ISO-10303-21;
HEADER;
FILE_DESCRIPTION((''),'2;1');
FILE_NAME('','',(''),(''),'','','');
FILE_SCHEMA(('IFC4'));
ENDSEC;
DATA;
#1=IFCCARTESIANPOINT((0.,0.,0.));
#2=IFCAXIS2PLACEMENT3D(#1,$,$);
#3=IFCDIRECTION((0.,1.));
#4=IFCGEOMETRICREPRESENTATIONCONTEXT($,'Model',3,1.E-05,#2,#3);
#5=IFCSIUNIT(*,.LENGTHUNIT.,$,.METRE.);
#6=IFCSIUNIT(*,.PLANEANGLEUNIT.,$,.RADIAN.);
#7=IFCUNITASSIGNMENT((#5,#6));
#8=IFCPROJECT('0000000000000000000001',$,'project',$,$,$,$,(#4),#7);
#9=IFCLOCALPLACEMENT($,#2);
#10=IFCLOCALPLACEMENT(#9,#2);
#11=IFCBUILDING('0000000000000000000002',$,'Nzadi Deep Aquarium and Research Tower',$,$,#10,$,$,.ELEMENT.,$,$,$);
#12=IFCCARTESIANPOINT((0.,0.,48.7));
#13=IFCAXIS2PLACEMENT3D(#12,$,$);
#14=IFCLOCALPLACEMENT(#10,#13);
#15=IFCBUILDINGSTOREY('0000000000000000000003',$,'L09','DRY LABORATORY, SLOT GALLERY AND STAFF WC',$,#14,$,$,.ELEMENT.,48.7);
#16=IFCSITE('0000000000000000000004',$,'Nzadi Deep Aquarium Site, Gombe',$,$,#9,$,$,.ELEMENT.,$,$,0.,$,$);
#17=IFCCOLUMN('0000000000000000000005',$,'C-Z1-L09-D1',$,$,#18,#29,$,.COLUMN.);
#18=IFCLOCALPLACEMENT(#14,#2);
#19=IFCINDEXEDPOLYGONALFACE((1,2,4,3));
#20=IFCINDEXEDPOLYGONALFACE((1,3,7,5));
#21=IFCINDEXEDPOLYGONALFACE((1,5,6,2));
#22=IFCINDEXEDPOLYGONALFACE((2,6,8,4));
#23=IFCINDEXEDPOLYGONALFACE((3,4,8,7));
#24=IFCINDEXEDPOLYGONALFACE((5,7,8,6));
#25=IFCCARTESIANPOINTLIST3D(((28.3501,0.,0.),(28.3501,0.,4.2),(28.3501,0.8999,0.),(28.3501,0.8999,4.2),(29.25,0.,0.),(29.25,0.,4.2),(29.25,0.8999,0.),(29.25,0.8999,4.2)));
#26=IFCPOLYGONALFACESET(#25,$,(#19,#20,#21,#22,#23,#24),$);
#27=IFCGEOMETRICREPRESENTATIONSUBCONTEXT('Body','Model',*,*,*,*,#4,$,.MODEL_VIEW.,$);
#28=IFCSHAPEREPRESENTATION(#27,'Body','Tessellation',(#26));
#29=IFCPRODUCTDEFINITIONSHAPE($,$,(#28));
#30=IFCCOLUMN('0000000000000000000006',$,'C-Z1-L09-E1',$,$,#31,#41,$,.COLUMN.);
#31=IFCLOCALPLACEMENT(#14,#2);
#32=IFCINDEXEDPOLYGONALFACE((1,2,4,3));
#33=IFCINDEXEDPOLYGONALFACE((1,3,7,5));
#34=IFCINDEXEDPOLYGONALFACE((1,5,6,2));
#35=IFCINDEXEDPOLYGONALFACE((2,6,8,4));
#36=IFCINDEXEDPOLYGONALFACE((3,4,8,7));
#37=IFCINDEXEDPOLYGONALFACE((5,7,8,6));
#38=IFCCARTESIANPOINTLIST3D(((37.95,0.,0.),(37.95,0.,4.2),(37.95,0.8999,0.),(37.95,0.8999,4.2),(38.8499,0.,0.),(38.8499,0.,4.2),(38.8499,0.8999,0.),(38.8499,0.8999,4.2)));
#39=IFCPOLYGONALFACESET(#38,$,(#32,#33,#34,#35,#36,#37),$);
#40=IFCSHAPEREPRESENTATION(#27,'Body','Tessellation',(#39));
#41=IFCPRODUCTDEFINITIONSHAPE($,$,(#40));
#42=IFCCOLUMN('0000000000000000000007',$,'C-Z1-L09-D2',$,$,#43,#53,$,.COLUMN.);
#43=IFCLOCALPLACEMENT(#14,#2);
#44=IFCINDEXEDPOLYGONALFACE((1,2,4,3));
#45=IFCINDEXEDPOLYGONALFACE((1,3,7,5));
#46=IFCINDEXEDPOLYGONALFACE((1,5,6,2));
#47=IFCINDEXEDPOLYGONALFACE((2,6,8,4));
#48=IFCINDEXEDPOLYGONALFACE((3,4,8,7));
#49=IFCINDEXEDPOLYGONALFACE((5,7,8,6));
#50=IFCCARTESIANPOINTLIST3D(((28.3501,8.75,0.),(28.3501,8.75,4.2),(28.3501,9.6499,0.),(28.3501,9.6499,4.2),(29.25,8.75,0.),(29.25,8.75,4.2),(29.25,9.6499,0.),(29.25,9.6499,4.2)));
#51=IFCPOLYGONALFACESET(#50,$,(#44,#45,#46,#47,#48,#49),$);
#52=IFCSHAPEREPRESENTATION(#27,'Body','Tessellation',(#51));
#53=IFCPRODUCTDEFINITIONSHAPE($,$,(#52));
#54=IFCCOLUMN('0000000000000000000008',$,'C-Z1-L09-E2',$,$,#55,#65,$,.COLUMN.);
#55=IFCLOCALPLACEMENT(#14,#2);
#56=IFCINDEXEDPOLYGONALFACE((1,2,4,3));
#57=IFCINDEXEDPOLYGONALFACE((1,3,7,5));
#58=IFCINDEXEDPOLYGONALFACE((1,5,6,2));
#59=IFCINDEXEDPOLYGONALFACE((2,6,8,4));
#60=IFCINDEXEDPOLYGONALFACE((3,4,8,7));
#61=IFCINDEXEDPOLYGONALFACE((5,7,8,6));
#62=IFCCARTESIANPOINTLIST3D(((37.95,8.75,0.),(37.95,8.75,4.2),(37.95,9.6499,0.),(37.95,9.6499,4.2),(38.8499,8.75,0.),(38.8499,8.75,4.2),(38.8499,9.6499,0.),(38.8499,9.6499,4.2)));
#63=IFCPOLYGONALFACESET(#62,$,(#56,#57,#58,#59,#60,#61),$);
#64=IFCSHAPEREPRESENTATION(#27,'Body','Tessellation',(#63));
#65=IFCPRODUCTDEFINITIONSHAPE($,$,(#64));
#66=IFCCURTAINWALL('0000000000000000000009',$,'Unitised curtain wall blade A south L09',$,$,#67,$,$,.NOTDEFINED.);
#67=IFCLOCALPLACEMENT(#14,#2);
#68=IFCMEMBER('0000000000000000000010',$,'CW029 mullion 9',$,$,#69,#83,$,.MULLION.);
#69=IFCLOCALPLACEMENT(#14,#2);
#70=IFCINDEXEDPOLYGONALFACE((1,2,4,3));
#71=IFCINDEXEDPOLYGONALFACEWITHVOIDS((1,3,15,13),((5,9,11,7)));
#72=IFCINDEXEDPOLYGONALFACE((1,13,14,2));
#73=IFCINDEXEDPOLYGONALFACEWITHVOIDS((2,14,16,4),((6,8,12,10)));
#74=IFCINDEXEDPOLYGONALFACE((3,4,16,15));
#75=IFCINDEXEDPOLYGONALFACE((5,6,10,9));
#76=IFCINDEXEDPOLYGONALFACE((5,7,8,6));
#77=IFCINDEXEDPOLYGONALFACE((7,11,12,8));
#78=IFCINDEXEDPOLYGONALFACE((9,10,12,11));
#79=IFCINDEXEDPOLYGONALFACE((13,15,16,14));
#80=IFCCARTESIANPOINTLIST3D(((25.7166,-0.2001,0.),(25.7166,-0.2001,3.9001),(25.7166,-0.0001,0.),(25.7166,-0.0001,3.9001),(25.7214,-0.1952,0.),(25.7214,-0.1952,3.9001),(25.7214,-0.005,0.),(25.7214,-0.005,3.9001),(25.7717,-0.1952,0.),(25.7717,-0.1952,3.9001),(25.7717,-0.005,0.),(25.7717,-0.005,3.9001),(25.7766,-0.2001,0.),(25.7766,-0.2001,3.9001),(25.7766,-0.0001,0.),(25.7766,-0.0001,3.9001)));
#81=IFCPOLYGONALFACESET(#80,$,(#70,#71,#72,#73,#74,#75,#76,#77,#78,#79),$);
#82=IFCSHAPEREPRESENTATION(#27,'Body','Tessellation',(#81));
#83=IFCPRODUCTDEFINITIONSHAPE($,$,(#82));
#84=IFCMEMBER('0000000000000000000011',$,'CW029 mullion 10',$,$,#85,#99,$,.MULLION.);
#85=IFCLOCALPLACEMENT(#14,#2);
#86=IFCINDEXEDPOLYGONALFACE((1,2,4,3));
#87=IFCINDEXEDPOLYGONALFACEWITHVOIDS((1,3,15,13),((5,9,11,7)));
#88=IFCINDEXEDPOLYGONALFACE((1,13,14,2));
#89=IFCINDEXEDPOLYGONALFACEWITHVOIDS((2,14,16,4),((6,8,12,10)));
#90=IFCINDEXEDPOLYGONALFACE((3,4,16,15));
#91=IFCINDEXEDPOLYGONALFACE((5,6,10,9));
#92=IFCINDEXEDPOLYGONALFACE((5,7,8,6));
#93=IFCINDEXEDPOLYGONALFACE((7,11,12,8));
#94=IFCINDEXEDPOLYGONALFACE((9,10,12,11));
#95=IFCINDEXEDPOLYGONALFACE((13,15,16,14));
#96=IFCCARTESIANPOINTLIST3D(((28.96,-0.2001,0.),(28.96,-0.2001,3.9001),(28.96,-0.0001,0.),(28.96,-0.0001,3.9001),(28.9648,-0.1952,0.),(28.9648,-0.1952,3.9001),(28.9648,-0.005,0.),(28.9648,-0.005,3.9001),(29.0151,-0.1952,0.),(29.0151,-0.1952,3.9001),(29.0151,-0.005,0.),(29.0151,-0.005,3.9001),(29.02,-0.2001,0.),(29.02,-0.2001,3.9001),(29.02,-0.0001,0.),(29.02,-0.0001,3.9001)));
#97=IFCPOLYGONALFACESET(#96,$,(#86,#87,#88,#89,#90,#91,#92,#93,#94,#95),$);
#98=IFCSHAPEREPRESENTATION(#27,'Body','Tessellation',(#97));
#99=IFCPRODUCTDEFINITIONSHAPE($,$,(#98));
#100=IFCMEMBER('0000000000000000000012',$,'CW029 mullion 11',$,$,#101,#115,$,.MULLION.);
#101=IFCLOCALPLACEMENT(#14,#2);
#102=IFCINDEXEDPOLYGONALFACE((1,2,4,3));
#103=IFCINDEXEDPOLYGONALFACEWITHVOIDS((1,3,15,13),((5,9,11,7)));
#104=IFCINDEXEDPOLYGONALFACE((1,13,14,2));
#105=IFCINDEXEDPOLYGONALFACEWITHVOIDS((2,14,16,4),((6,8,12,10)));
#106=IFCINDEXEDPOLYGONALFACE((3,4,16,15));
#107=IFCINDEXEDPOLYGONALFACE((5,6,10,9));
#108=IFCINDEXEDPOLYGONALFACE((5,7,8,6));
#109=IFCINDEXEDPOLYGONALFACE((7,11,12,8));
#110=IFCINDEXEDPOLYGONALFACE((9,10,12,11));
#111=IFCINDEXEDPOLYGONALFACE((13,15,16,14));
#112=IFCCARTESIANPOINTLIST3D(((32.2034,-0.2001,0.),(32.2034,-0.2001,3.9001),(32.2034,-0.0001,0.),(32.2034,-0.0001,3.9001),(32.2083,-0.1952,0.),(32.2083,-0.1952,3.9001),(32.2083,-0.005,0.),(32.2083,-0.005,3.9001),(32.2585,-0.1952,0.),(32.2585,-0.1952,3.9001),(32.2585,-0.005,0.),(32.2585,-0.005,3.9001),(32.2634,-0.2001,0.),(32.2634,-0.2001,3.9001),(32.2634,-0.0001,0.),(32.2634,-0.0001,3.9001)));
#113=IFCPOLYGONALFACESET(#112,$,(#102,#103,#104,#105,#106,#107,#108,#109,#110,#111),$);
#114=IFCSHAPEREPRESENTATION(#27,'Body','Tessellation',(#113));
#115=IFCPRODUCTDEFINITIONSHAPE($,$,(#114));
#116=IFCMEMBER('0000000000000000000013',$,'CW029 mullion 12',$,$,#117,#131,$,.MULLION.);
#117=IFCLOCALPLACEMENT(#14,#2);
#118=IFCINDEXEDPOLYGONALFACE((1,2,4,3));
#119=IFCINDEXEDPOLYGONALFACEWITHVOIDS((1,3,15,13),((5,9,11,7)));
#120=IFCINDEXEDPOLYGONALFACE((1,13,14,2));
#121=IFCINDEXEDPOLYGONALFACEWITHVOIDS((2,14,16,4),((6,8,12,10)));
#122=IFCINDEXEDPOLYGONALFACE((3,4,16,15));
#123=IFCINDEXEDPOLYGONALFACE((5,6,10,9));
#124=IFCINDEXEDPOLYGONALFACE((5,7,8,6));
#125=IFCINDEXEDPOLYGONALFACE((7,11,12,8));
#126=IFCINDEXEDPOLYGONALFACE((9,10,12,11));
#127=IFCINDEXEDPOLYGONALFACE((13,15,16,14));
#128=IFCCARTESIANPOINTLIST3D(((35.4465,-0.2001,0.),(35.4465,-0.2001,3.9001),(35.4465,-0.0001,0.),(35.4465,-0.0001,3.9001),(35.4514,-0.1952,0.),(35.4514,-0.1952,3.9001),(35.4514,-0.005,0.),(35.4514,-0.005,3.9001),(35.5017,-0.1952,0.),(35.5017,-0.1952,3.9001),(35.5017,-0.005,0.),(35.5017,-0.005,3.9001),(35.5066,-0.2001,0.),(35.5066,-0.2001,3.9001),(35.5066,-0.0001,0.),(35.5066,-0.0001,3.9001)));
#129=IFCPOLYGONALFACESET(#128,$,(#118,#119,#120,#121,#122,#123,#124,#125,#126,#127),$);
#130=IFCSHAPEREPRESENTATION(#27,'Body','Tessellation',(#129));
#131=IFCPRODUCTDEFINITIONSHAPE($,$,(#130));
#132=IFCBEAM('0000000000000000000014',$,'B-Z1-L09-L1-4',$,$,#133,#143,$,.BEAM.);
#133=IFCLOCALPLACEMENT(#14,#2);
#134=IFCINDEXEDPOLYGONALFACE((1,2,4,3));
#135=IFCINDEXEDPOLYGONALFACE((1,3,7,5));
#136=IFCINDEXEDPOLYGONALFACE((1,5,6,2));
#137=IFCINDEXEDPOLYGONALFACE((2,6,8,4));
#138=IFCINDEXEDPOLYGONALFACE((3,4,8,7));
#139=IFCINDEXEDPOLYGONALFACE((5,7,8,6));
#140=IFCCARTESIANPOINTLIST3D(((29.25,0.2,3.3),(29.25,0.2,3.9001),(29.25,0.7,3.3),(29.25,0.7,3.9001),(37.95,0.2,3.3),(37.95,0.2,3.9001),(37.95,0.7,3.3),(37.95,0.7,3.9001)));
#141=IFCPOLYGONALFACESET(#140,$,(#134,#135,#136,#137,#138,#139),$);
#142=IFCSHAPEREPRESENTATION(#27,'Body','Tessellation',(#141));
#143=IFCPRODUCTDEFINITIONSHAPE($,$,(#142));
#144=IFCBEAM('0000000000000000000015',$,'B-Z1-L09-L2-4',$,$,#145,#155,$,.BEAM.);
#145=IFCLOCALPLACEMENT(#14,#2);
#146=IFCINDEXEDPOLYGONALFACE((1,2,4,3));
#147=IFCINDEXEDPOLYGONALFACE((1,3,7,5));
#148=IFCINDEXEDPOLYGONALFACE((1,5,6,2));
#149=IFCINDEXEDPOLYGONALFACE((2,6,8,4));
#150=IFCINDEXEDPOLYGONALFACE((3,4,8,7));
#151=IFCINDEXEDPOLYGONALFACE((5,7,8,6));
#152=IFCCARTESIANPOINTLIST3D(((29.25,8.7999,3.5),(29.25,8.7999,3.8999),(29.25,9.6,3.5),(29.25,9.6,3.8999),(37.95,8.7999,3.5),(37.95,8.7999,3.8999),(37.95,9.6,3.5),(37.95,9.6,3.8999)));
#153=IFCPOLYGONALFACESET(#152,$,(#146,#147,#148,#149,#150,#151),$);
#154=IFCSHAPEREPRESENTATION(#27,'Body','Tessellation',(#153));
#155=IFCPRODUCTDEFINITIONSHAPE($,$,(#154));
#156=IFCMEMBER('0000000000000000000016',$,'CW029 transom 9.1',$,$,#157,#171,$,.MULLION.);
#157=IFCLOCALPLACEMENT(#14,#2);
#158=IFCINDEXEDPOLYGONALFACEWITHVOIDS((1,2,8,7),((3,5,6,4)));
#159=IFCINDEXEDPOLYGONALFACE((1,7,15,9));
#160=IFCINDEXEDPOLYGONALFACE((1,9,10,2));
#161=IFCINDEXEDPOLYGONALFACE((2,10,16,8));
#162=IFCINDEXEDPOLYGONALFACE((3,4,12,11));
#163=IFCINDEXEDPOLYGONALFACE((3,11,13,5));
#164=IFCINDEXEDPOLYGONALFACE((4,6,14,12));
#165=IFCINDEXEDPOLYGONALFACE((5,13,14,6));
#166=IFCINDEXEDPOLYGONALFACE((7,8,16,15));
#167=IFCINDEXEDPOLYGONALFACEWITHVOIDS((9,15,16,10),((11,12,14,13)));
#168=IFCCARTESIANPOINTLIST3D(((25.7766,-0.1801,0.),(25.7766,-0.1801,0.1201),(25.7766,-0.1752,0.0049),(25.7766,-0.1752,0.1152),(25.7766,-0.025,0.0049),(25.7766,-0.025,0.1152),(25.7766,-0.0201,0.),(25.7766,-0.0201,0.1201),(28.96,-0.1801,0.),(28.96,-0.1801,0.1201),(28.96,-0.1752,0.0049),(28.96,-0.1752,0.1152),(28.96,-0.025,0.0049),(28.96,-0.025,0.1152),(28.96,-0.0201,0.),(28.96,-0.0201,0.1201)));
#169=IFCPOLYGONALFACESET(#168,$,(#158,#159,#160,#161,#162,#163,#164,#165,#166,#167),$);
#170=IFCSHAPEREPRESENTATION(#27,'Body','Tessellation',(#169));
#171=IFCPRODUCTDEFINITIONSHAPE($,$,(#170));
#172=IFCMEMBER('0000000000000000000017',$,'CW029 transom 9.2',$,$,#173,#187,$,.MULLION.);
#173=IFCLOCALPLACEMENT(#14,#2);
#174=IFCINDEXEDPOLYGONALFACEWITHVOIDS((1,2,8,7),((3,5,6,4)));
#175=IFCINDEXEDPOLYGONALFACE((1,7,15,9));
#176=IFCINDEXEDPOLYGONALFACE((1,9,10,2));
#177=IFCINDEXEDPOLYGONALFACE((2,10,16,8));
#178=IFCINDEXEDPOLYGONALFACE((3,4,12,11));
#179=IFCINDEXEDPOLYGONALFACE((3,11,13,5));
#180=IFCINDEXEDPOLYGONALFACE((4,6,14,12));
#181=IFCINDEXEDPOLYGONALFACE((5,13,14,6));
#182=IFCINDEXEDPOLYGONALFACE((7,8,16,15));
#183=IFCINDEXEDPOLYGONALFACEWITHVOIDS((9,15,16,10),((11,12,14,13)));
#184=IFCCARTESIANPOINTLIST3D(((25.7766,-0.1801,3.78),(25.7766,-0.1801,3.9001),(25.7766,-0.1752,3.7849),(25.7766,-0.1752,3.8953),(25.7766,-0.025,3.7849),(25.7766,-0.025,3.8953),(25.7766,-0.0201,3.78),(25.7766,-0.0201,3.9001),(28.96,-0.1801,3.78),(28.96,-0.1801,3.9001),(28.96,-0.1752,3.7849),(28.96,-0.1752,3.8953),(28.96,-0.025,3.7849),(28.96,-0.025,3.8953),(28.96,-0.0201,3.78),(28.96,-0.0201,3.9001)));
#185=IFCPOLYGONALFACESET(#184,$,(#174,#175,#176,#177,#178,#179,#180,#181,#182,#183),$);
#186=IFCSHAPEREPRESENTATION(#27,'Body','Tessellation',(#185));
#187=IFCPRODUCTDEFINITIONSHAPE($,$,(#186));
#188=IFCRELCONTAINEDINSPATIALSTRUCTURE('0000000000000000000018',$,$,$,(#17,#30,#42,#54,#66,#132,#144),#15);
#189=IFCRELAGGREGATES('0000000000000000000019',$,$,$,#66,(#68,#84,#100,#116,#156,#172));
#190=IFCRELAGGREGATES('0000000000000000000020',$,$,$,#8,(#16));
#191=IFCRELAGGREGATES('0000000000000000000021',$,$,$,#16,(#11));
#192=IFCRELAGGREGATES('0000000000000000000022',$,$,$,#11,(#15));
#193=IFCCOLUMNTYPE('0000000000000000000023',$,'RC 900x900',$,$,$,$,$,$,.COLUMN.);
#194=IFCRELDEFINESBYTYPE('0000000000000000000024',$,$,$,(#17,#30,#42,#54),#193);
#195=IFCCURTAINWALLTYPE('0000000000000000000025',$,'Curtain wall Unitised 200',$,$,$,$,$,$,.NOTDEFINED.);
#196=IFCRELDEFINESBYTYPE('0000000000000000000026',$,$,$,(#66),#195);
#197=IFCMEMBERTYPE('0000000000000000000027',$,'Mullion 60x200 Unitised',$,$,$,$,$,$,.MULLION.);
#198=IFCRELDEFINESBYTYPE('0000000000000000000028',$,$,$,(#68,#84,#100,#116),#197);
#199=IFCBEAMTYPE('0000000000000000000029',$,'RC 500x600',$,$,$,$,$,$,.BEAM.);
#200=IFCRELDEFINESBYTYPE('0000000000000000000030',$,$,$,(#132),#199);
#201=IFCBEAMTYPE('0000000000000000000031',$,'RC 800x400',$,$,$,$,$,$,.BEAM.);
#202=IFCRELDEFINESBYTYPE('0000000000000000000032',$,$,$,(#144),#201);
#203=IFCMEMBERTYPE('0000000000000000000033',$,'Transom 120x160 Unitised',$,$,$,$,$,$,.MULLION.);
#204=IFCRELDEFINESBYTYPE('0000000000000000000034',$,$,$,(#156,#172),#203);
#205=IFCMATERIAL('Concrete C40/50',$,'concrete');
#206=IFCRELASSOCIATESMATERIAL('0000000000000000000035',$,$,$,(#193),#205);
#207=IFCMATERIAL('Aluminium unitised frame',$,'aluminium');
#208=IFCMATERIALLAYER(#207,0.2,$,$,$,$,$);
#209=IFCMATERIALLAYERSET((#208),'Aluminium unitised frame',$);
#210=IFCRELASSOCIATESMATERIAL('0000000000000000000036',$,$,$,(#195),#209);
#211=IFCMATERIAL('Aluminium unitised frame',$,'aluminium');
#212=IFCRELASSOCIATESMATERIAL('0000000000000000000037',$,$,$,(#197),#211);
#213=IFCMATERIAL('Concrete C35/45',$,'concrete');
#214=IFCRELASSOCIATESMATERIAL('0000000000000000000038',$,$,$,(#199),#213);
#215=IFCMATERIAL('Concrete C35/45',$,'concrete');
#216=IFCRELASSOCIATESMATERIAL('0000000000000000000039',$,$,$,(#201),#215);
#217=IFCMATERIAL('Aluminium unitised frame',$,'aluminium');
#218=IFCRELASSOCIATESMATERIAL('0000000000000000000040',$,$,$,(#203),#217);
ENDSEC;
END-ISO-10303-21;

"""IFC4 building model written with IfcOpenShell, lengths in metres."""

from ifc_helpers import new_model, si_unit, direction, frame, origin, origin_2d, place, context, subcontext, project, spatial, rectangle, hollow_rectangle, extrude, material, layer, layer_set, material_profile, profile_set, type_object, element, aggregate, save


model = new_model("IFC4")

# Units and contexts
model_context = context("Model", 3, precision=1e-05, world=origin(), true_north=direction((0.0, 1.0)))
body_context = subcontext(model_context, "Body", "Model", "MODEL_VIEW")
ifc_project = project(units=[si_unit("LENGTHUNIT", "METRE"), si_unit("PLANEANGLEUNIT", "RADIAN")], contexts=[model_context])

# Site, building, storey
site_placement = place(None, origin())
site = spatial("IfcSite", under=ifc_project, at=site_placement, Name="Nzadi Deep Aquarium Site, Gombe", CompositionType="ELEMENT", RefElevation=0.0)
building_placement = place(site_placement, origin())
building = spatial("IfcBuilding", under=site, at=building_placement, Name="Nzadi Deep Aquarium and Research Tower", CompositionType="ELEMENT")
storey_placement = place(building_placement, frame((0.0, 0.0, 48.7)))
storey = spatial("IfcBuildingStorey", under=building, at=storey_placement, Name="L09", Description="DRY LABORATORY, SLOT GALLERY AND STAFF WC", CompositionType="ELEMENT", Elevation=48.7)

# Columns
ifc_material_1 = material(Name="Concrete C40/50", Category="concrete")
ifc_material_profile_1 = material_profile(ifc_material_1, rectangle(XDim=0.8999, YDim=0.8999, at=origin_2d()))
ifc_profile_set_1 = profile_set([ifc_material_profile_1], Name="Concrete C40/50")
column_type = type_object("IfcColumnType", Name="RC 900x900", PredefinedType="COLUMN", material=ifc_profile_set_1)
for number, where, z_axis, x_axis, name in (
    (1, (28.8, 0.45, 0.0), (0.0, 0.0, 1.0), (1.0, 0.0, 0.0), "C-Z1-L09-D1"),
    (2, (38.3999, 0.45, 0.0), (0.0, 0.0, 1.0), (1.0, 0.0, 0.0), "C-Z1-L09-E1"),
    (3, (28.8, 9.2, 0.0), (0.0, 0.0, 1.0), (1.0, 0.0, 0.0), "C-Z1-L09-D2"),
    (4, (38.3999, 9.2, 0.0), (0.0, 0.0, 1.0), (1.0, 0.0, 0.0), "C-Z1-L09-E2"),
):
    element("IfcColumn", number, at=place(storey_placement, frame(where, z_axis=z_axis, x_axis=x_axis)), inside=storey, type_object=column_type, Name=name, PredefinedType="COLUMN", context=body_context, shape_type="SweptSolid", body=[
        extrude(rectangle(XDim=0.8999, YDim=0.8999, at=origin_2d()), origin(), (0.0, 0.0, 1.0), 4.2),
    ])

# Curtain wall, members
ifc_material_2 = material(Name="Aluminium unitised frame", Category="aluminium")
ifc_layer_1 = layer(ifc_material_2, 0.2)
ifc_layer_set_1 = layer_set([ifc_layer_1], Name="Aluminium unitised frame")
curtain_wall_type = type_object("IfcCurtainWallType", Name="Curtain wall Unitised 200", PredefinedType="NOTDEFINED", material=ifc_layer_set_1)
curtain_wall_placement = place(storey_placement, origin())
curtain_wall = element("IfcCurtainWall", 5, at=curtain_wall_placement, inside=storey, type_object=curtain_wall_type, Name="Unitised curtain wall blade A south L09", PredefinedType="NOTDEFINED")
ifc_material_3 = material(Name="Aluminium unitised frame", Category="aluminium")
ifc_material_profile_2 = material_profile(ifc_material_3, hollow_rectangle(XDim=0.2, YDim=0.0601, WallThickness=0.0049, at=origin_2d()))
ifc_profile_set_2 = profile_set([ifc_material_profile_2], Name="Aluminium unitised frame")
member_type_1 = type_object("IfcMemberType", Name="Mullion 60x200 Unitised", PredefinedType="MULLION", material=ifc_profile_set_2)
member_1_placement = place(storey_placement, frame((25.7466, -0.1001, 0.0), z_axis=(0.0, 0.0, 1.0), x_axis=(0.0, 1.0, 0.0)))
member_1 = element("IfcMember", 6, at=member_1_placement, type_object=member_type_1, Name="CW029 mullion 9", PredefinedType="MULLION", context=body_context, shape_type="SweptSolid", body=[
    extrude(hollow_rectangle(XDim=0.2, YDim=0.0601, WallThickness=0.0049, at=origin_2d()), origin(), (0.0, 0.0, 1.0), 3.9001),
])
member_2_placement = place(storey_placement, frame((28.99, -0.1001, 0.0), z_axis=(0.0, 0.0, 1.0), x_axis=(0.0, 1.0, 0.0)))
member_2 = element("IfcMember", 7, at=member_2_placement, type_object=member_type_1, Name="CW029 mullion 10", PredefinedType="MULLION", context=body_context, shape_type="SweptSolid", body=[
    extrude(hollow_rectangle(XDim=0.2, YDim=0.0601, WallThickness=0.0049, at=origin_2d()), origin(), (0.0, 0.0, 1.0), 3.9001),
])
member_3_placement = place(storey_placement, frame((32.2334, -0.1001, 0.0), z_axis=(0.0, 0.0, 1.0), x_axis=(0.0, 1.0, 0.0)))
member_3 = element("IfcMember", 8, at=member_3_placement, type_object=member_type_1, Name="CW029 mullion 11", PredefinedType="MULLION", context=body_context, shape_type="SweptSolid", body=[
    extrude(hollow_rectangle(XDim=0.2, YDim=0.0601, WallThickness=0.0049, at=origin_2d()), origin(), (0.0, 0.0, 1.0), 3.9001),
])
member_4_placement = place(storey_placement, frame((35.4766, -0.1001, 0.0), z_axis=(0.0, 0.0, 1.0), x_axis=(0.0, 1.0, 0.0)))
member_4 = element("IfcMember", 9, at=member_4_placement, type_object=member_type_1, Name="CW029 mullion 12", PredefinedType="MULLION", context=body_context, shape_type="SweptSolid", body=[
    extrude(hollow_rectangle(XDim=0.2, YDim=0.0601, WallThickness=0.0049, at=origin_2d()), origin(), (0.0, 0.0, 1.0), 3.9001),
])

# Beams
ifc_material_4 = material(Name="Concrete C35/45", Category="concrete")
ifc_material_profile_3 = material_profile(ifc_material_4, rectangle(XDim=0.5, YDim=0.6001, at=origin_2d()))
ifc_profile_set_3 = profile_set([ifc_material_profile_3], Name="Concrete C35/45")
beam_type_1 = type_object("IfcBeamType", Name="RC 500x600", PredefinedType="BEAM", material=ifc_profile_set_3)
beam_1_placement = place(storey_placement, frame((29.25, 0.45, 3.6001), z_axis=(1.0, 0.0, 0.0), x_axis=(0.0, 1.0, 0.0)))
element("IfcBeam", 10, at=beam_1_placement, inside=storey, type_object=beam_type_1, Name="B-Z1-L09-L1-4", PredefinedType="BEAM", context=body_context, shape_type="SweptSolid", body=[
    extrude(rectangle(XDim=0.5, YDim=0.6001, at=origin_2d()), origin(), (0.0, 0.0, 1.0), 8.7),
])
ifc_material_5 = material(Name="Concrete C35/45", Category="concrete")
ifc_material_profile_4 = material_profile(ifc_material_5, rectangle(XDim=0.8, YDim=0.3999, at=origin_2d()))
ifc_profile_set_4 = profile_set([ifc_material_profile_4], Name="Concrete C35/45")
beam_type_2 = type_object("IfcBeamType", Name="RC 800x400", PredefinedType="BEAM", material=ifc_profile_set_4)
beam_2_placement = place(storey_placement, frame((29.25, 9.2, 3.7), z_axis=(1.0, 0.0, 0.0), x_axis=(0.0, 1.0, 0.0)))
element("IfcBeam", 11, at=beam_2_placement, inside=storey, type_object=beam_type_2, Name="B-Z1-L09-L2-4", PredefinedType="BEAM", context=body_context, shape_type="SweptSolid", body=[
    extrude(rectangle(XDim=0.8, YDim=0.3999, at=origin_2d()), origin(), (0.0, 0.0, 1.0), 8.7),
])

# Members
ifc_material_6 = material(Name="Aluminium unitised frame", Category="aluminium")
ifc_material_profile_5 = material_profile(ifc_material_6, hollow_rectangle(XDim=0.1599, YDim=0.1201, WallThickness=0.0049, at=origin_2d()))
ifc_profile_set_5 = profile_set([ifc_material_profile_5], Name="Aluminium unitised frame")
member_type_2 = type_object("IfcMemberType", Name="Transom 120x160 Unitised", PredefinedType="MULLION", material=ifc_profile_set_5)
member_5_placement = place(storey_placement, frame((25.7766, -0.1001, 0.0601), z_axis=(1.0, 0.0, 0.0), x_axis=(0.0, 1.0, 0.0)))
member_5 = element("IfcMember", 12, at=member_5_placement, type_object=member_type_2, Name="CW029 transom 9.1", PredefinedType="MULLION", context=body_context, shape_type="SweptSolid", body=[
    extrude(hollow_rectangle(XDim=0.1599, YDim=0.1201, WallThickness=0.0049, at=origin_2d()), origin(), (0.0, 0.0, 1.0), 3.1833),
])
member_6_placement = place(storey_placement, frame((25.7766, -0.1001, 3.8401), z_axis=(1.0, 0.0, 0.0), x_axis=(0.0, 1.0, 0.0)))
member_6 = element("IfcMember", 13, at=member_6_placement, type_object=member_type_2, Name="CW029 transom 9.2", PredefinedType="MULLION", context=body_context, shape_type="SweptSolid", body=[
    extrude(hollow_rectangle(XDim=0.1599, YDim=0.1201, WallThickness=0.0049, at=origin_2d()), origin(), (0.0, 0.0, 1.0), 3.1833),
])

aggregate(curtain_wall, [member_1, member_2, member_3, member_4, member_5, member_6])

save(model, "model.ifc")
